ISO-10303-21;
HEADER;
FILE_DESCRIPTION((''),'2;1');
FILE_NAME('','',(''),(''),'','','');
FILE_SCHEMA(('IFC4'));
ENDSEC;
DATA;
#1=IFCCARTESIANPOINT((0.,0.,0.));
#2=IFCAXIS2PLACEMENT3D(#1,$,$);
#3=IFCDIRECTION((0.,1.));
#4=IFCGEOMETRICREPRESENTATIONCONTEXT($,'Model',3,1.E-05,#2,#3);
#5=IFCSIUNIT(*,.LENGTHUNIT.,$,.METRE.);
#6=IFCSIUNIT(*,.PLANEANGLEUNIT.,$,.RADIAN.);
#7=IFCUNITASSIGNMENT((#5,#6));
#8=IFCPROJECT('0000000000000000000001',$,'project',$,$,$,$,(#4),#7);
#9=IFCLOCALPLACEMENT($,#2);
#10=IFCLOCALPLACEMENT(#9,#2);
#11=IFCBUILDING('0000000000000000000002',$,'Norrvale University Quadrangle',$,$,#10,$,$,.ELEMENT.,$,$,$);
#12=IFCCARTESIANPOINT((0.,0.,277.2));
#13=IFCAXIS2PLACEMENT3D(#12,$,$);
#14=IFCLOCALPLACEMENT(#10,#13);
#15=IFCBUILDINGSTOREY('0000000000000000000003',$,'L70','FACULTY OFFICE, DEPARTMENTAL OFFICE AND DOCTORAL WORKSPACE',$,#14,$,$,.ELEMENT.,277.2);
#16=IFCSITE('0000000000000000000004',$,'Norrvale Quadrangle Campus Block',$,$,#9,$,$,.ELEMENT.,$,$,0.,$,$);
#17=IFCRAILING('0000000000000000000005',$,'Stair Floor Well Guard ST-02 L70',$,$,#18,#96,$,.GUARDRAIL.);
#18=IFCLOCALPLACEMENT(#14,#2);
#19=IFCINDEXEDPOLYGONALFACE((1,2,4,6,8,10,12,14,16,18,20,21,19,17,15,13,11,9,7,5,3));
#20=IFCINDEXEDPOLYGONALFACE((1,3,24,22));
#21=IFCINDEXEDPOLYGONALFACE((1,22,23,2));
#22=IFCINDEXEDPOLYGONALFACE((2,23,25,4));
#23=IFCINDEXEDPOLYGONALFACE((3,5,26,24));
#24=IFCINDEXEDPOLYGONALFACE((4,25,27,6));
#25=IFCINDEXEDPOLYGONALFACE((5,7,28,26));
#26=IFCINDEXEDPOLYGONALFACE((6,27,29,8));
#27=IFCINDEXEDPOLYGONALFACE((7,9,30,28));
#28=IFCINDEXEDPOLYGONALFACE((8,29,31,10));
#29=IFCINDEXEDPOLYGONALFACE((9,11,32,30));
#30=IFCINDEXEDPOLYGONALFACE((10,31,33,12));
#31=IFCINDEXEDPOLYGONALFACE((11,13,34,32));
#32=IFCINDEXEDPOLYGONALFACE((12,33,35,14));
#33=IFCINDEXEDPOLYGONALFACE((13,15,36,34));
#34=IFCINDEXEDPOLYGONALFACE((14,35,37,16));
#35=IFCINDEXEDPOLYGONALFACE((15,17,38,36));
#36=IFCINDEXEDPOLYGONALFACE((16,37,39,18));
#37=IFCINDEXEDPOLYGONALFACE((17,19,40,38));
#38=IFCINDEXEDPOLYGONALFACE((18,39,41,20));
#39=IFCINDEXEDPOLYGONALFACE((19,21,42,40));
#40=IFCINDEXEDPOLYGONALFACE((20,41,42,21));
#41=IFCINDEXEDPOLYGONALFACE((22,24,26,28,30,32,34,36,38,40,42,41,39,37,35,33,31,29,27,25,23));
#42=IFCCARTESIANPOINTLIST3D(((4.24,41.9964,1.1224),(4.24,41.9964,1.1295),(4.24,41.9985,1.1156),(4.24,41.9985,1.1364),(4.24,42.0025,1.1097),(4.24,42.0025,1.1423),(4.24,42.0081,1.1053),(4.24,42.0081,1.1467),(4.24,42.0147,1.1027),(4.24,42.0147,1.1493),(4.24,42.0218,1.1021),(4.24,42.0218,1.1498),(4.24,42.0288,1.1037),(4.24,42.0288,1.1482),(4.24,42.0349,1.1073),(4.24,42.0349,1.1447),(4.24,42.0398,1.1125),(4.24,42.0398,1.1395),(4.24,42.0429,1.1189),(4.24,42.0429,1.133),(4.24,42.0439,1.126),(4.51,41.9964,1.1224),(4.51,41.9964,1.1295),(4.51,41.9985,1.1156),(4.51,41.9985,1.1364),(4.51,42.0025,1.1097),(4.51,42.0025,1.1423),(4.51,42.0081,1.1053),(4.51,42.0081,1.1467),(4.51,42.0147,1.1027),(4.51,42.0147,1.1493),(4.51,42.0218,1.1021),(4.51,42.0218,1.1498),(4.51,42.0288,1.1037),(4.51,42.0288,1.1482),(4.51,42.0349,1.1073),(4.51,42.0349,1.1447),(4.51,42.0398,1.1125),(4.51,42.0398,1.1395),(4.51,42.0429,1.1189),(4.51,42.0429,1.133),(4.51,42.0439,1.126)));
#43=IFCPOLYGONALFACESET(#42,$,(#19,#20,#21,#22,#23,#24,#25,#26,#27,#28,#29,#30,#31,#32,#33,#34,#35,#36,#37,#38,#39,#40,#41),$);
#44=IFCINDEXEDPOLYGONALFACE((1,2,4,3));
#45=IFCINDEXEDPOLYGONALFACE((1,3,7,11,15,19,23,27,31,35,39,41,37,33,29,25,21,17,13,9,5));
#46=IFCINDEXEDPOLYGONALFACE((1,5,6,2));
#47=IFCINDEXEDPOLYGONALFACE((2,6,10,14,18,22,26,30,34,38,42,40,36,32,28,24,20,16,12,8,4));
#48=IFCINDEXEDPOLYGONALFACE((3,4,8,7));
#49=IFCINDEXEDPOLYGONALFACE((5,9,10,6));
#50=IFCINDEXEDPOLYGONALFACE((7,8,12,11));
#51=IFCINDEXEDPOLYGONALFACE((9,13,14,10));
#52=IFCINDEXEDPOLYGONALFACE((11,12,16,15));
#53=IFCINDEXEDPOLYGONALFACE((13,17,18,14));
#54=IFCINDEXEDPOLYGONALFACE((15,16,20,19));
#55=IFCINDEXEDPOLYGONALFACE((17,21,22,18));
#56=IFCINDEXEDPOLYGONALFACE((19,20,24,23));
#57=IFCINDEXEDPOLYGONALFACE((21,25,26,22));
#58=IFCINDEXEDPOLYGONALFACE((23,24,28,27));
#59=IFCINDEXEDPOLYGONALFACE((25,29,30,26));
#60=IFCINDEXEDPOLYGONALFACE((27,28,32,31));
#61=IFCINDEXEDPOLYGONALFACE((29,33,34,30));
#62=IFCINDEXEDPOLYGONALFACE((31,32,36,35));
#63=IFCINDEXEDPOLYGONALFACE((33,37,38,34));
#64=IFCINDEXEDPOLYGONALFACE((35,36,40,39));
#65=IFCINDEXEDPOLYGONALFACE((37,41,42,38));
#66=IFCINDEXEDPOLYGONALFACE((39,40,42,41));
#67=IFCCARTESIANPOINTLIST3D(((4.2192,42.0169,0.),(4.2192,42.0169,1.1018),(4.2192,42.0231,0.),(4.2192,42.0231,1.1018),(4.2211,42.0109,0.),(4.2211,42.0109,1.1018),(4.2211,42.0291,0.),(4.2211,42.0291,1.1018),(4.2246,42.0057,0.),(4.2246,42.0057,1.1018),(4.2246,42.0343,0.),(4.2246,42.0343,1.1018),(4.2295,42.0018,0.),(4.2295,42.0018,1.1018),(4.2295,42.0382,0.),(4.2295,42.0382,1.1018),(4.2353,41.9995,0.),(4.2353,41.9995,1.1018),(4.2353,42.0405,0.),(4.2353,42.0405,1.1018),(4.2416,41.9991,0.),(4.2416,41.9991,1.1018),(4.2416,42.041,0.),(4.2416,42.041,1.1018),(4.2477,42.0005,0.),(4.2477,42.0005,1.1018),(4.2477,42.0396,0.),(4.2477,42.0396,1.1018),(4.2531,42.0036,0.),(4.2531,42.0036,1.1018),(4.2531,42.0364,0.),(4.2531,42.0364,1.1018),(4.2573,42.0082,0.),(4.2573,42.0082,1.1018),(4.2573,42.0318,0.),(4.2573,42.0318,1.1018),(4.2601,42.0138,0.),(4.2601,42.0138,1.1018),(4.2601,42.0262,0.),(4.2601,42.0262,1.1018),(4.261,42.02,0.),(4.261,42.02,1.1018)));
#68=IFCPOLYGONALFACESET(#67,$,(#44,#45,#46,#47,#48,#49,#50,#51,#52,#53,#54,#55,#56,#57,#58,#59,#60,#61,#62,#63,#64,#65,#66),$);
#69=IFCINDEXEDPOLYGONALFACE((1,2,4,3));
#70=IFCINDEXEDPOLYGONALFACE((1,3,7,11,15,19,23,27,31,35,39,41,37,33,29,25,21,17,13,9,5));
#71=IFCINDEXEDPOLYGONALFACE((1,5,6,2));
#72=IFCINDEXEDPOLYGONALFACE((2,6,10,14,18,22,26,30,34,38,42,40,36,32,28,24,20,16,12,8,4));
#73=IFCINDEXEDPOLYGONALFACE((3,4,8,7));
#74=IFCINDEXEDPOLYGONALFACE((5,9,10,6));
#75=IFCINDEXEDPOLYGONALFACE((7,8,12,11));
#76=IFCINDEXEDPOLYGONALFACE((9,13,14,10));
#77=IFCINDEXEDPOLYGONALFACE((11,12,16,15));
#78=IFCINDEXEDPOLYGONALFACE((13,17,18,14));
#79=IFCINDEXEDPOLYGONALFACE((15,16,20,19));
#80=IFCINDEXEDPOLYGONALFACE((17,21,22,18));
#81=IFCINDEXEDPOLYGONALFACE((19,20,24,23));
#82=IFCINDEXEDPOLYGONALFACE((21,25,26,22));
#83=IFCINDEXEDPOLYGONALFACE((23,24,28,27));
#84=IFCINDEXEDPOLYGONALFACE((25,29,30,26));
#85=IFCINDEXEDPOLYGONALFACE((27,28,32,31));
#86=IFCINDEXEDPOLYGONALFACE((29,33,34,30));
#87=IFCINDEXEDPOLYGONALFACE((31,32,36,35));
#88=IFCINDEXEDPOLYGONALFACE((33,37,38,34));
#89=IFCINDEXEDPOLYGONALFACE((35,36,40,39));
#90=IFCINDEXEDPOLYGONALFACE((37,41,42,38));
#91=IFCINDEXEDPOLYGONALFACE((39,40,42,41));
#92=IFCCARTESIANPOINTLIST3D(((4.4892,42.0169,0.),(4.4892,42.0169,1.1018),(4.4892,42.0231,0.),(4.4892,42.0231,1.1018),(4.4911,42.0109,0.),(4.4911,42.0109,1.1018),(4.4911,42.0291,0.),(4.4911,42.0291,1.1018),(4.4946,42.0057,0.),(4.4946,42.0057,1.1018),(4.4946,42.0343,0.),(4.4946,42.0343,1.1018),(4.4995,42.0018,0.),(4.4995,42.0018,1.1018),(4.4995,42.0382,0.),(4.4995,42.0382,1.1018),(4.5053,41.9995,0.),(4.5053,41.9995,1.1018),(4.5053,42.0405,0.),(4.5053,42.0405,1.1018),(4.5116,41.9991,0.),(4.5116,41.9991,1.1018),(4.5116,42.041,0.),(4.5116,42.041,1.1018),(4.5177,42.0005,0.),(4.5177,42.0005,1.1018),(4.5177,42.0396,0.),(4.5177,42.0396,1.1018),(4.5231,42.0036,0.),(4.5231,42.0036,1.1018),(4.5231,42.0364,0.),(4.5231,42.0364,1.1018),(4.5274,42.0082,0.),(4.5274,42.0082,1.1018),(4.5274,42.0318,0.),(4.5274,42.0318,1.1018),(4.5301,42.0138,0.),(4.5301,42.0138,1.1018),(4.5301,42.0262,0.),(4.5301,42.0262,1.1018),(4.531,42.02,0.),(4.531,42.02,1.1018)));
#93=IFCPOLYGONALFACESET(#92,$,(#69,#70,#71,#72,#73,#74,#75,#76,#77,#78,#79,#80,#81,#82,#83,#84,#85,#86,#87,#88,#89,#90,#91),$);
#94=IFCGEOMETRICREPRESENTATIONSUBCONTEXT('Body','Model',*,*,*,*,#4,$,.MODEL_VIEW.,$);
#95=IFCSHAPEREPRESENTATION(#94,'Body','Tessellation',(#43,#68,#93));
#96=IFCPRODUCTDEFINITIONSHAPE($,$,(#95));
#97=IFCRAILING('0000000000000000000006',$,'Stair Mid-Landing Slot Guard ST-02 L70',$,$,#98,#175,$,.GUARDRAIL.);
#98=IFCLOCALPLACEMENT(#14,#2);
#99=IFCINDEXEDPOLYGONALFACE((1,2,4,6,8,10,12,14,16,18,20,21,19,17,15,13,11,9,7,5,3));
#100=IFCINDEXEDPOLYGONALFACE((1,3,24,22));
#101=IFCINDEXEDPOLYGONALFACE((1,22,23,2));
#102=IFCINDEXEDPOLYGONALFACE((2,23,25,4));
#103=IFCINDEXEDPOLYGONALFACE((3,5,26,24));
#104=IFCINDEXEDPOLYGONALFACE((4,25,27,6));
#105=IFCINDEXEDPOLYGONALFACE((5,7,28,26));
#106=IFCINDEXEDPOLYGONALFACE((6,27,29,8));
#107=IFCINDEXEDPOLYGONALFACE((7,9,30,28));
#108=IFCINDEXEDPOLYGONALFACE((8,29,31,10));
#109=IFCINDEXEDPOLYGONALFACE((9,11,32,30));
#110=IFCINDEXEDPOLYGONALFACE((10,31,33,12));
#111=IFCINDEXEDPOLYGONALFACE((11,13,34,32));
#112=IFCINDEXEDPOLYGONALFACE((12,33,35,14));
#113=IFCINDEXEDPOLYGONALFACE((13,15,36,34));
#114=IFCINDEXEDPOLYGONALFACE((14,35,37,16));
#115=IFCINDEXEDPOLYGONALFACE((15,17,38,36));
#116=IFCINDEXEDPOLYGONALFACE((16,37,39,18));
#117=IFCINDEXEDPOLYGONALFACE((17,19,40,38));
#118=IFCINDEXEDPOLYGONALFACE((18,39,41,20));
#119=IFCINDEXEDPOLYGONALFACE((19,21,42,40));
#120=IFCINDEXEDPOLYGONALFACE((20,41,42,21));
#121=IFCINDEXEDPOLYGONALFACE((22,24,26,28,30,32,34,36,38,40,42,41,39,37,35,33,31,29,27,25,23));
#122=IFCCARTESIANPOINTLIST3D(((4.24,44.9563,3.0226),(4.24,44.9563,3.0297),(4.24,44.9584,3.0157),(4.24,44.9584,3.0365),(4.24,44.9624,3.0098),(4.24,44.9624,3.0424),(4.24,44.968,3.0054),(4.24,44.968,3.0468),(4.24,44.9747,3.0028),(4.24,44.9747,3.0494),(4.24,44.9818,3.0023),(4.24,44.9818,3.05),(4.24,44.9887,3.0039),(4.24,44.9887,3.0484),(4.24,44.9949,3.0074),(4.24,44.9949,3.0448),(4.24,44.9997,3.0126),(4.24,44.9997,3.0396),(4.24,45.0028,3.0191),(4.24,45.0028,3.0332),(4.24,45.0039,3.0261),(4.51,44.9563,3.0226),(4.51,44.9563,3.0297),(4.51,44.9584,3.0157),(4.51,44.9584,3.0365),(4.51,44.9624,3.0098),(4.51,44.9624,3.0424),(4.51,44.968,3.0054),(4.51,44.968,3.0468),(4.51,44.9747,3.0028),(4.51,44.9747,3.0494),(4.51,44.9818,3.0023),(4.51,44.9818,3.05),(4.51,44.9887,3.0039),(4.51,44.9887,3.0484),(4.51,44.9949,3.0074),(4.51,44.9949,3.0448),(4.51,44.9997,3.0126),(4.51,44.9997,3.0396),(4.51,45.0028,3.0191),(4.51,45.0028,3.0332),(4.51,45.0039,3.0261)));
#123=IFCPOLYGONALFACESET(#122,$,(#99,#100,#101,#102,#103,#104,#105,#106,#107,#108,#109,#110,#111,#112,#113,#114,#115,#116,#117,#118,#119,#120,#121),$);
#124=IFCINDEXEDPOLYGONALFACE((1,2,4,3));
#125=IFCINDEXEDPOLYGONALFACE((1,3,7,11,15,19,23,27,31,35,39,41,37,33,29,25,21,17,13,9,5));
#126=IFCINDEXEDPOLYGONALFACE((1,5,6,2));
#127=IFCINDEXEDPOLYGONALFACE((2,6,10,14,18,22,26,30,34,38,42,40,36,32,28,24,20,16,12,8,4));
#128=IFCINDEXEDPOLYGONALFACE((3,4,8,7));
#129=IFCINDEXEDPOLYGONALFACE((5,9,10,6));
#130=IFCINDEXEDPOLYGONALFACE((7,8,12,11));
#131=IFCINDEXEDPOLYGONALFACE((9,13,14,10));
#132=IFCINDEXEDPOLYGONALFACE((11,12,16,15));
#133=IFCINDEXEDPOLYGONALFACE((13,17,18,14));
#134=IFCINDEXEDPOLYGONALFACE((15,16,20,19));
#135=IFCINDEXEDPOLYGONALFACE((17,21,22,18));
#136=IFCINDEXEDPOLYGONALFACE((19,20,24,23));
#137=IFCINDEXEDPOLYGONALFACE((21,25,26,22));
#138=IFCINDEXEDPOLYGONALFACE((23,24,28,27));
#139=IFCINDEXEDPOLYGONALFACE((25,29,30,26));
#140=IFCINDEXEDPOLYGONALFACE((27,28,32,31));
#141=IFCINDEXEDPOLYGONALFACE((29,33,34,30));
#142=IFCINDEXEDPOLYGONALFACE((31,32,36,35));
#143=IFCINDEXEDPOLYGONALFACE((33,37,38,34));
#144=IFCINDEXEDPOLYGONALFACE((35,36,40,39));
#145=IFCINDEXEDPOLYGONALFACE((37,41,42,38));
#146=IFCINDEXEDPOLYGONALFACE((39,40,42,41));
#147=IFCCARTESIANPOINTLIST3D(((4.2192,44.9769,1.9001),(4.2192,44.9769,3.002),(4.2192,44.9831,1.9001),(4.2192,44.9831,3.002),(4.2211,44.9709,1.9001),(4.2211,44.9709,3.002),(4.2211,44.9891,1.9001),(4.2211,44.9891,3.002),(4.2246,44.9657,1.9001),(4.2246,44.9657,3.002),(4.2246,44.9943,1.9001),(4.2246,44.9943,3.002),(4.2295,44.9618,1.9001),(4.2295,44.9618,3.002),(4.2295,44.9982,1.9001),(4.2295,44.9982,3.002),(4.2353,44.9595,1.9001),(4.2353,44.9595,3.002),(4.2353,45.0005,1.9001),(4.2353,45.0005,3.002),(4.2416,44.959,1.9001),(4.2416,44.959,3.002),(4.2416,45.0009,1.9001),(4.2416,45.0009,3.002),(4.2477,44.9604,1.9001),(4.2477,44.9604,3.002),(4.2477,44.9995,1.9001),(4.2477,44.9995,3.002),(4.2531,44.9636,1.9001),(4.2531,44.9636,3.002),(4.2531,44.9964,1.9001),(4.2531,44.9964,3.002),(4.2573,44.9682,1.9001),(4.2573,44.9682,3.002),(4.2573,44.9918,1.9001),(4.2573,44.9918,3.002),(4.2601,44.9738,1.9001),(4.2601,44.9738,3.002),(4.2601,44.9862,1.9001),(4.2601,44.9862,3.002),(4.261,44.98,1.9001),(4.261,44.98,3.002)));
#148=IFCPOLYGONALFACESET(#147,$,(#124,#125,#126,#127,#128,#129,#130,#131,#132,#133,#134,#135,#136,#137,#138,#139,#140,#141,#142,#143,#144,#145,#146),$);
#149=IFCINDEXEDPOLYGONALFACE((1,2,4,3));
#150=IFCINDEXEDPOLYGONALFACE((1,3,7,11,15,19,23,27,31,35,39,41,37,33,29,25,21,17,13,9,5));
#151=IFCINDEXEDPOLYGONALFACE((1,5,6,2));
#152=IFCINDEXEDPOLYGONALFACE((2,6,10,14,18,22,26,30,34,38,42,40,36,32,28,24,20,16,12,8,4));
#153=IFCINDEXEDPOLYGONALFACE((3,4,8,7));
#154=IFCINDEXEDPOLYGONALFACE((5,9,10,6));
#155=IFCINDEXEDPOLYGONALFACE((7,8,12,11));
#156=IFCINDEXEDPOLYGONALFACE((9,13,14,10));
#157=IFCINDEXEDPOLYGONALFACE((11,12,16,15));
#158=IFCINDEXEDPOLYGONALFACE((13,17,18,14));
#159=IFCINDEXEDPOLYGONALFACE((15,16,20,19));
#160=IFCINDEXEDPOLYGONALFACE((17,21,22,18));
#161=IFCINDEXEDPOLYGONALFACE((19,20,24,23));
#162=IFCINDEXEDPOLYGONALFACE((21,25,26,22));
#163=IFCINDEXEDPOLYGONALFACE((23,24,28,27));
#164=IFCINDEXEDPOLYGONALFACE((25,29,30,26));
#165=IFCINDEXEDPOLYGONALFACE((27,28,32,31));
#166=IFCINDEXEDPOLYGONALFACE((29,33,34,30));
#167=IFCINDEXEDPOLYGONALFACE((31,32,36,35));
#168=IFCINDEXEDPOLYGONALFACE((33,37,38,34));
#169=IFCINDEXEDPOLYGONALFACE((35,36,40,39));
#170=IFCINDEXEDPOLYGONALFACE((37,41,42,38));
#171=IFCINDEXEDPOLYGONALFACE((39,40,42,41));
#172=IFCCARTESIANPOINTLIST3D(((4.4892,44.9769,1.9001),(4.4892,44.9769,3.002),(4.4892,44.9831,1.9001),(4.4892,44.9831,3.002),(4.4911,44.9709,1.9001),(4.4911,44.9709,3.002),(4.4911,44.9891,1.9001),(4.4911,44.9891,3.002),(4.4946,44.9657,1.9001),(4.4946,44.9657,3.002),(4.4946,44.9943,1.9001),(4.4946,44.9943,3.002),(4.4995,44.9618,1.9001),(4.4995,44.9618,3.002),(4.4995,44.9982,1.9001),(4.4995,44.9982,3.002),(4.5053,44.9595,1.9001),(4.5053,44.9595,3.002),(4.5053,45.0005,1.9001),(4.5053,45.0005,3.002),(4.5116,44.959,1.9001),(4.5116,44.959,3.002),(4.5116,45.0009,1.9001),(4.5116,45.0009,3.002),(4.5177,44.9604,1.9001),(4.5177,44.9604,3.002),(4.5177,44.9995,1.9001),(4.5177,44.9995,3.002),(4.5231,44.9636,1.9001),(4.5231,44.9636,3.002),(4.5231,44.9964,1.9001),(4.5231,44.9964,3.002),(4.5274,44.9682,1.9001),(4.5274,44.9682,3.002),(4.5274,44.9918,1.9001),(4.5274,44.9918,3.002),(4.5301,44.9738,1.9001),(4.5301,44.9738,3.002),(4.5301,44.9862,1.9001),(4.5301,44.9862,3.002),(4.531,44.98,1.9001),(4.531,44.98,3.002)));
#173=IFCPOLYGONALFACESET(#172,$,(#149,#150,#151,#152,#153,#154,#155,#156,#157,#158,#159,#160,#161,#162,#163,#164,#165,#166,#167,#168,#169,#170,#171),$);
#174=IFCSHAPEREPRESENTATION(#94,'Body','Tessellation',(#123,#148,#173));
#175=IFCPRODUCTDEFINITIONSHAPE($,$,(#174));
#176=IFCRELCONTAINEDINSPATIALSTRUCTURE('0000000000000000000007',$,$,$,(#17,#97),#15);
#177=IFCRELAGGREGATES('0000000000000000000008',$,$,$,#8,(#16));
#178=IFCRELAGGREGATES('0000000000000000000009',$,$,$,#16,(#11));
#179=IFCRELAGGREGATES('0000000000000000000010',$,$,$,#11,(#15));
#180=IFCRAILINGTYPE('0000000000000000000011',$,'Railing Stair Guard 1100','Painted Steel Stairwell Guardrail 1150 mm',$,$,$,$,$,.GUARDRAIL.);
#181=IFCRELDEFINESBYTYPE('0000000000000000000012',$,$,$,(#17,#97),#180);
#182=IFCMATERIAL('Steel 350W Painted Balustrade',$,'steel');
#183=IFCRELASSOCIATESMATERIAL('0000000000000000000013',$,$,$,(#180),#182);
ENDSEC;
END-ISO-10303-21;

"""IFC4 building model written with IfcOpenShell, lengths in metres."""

from ifc_helpers import new_model, si_unit, direction, frame, origin, origin_2d, place, context, subcontext, project, spatial, circle, extrude, material, type_object, element, save


model = new_model("IFC4")

# Units and contexts
model_context = context("Model", 3, precision=1e-05, world=origin(), true_north=direction((0.0, 1.0)))
body_context = subcontext(model_context, "Body", "Model", "MODEL_VIEW")
ifc_project = project(units=[si_unit("LENGTHUNIT", "METRE"), si_unit("PLANEANGLEUNIT", "RADIAN")], contexts=[model_context])

# Site, building, storey
site_placement = place(None, origin())
site = spatial("IfcSite", under=ifc_project, at=site_placement, Name="Norrvale Quadrangle Campus Block", CompositionType="ELEMENT", RefElevation=0.0)
building_placement = place(site_placement, origin())
building = spatial("IfcBuilding", under=site, at=building_placement, Name="Norrvale University Quadrangle", CompositionType="ELEMENT")
storey_placement = place(building_placement, frame((0.0, 0.0, 277.2)))
storey = spatial("IfcBuildingStorey", under=building, at=storey_placement, Name="L70", Description="FACULTY OFFICE, DEPARTMENTAL OFFICE AND DOCTORAL WORKSPACE", CompositionType="ELEMENT", Elevation=277.2)

# Railings
ifc_material_1 = material(Name="Steel 350W Painted Balustrade", Category="steel")
railing_type_1 = type_object("IfcRailingType", Name="Railing Stair Guard 1100", Description="Painted Steel Stairwell Guardrail 1150 mm", PredefinedType="GUARDRAIL", material=ifc_material_1)
for number, where, name in (
    (1, (4.24, 42.02, 0.0), "Stair Floor Well Guard ST-02 L70"),
    (2, (4.24, 44.98, 1.9001), "Stair Mid-Landing Slot Guard ST-02 L70"),
):
    element("IfcRailing", number, at=place(storey_placement, frame(where)), inside=storey, type_object=railing_type_1, Name=name, PredefinedType="GUARDRAIL", context=body_context, shape_type="SweptSolid", body=[
        extrude(circle(Radius=0.0239, at=origin_2d()), frame((0.0, 0.0, 1.126), z_axis=(1.0, 0.0, 0.0), x_axis=(0.0, 1.0, 0.0)), (0.0, 0.0, 1.0), 0.27),
        extrude(circle(Radius=0.021, at=origin_2d()), origin(), (0.0, 0.0, 1.0), 1.1018),
        extrude(circle(Radius=0.021, at=origin_2d()), frame((0.27, 0.0, 0.0)), (0.0, 0.0, 1.0), 1.1018),
    ])

save(model, "model.ifc")
